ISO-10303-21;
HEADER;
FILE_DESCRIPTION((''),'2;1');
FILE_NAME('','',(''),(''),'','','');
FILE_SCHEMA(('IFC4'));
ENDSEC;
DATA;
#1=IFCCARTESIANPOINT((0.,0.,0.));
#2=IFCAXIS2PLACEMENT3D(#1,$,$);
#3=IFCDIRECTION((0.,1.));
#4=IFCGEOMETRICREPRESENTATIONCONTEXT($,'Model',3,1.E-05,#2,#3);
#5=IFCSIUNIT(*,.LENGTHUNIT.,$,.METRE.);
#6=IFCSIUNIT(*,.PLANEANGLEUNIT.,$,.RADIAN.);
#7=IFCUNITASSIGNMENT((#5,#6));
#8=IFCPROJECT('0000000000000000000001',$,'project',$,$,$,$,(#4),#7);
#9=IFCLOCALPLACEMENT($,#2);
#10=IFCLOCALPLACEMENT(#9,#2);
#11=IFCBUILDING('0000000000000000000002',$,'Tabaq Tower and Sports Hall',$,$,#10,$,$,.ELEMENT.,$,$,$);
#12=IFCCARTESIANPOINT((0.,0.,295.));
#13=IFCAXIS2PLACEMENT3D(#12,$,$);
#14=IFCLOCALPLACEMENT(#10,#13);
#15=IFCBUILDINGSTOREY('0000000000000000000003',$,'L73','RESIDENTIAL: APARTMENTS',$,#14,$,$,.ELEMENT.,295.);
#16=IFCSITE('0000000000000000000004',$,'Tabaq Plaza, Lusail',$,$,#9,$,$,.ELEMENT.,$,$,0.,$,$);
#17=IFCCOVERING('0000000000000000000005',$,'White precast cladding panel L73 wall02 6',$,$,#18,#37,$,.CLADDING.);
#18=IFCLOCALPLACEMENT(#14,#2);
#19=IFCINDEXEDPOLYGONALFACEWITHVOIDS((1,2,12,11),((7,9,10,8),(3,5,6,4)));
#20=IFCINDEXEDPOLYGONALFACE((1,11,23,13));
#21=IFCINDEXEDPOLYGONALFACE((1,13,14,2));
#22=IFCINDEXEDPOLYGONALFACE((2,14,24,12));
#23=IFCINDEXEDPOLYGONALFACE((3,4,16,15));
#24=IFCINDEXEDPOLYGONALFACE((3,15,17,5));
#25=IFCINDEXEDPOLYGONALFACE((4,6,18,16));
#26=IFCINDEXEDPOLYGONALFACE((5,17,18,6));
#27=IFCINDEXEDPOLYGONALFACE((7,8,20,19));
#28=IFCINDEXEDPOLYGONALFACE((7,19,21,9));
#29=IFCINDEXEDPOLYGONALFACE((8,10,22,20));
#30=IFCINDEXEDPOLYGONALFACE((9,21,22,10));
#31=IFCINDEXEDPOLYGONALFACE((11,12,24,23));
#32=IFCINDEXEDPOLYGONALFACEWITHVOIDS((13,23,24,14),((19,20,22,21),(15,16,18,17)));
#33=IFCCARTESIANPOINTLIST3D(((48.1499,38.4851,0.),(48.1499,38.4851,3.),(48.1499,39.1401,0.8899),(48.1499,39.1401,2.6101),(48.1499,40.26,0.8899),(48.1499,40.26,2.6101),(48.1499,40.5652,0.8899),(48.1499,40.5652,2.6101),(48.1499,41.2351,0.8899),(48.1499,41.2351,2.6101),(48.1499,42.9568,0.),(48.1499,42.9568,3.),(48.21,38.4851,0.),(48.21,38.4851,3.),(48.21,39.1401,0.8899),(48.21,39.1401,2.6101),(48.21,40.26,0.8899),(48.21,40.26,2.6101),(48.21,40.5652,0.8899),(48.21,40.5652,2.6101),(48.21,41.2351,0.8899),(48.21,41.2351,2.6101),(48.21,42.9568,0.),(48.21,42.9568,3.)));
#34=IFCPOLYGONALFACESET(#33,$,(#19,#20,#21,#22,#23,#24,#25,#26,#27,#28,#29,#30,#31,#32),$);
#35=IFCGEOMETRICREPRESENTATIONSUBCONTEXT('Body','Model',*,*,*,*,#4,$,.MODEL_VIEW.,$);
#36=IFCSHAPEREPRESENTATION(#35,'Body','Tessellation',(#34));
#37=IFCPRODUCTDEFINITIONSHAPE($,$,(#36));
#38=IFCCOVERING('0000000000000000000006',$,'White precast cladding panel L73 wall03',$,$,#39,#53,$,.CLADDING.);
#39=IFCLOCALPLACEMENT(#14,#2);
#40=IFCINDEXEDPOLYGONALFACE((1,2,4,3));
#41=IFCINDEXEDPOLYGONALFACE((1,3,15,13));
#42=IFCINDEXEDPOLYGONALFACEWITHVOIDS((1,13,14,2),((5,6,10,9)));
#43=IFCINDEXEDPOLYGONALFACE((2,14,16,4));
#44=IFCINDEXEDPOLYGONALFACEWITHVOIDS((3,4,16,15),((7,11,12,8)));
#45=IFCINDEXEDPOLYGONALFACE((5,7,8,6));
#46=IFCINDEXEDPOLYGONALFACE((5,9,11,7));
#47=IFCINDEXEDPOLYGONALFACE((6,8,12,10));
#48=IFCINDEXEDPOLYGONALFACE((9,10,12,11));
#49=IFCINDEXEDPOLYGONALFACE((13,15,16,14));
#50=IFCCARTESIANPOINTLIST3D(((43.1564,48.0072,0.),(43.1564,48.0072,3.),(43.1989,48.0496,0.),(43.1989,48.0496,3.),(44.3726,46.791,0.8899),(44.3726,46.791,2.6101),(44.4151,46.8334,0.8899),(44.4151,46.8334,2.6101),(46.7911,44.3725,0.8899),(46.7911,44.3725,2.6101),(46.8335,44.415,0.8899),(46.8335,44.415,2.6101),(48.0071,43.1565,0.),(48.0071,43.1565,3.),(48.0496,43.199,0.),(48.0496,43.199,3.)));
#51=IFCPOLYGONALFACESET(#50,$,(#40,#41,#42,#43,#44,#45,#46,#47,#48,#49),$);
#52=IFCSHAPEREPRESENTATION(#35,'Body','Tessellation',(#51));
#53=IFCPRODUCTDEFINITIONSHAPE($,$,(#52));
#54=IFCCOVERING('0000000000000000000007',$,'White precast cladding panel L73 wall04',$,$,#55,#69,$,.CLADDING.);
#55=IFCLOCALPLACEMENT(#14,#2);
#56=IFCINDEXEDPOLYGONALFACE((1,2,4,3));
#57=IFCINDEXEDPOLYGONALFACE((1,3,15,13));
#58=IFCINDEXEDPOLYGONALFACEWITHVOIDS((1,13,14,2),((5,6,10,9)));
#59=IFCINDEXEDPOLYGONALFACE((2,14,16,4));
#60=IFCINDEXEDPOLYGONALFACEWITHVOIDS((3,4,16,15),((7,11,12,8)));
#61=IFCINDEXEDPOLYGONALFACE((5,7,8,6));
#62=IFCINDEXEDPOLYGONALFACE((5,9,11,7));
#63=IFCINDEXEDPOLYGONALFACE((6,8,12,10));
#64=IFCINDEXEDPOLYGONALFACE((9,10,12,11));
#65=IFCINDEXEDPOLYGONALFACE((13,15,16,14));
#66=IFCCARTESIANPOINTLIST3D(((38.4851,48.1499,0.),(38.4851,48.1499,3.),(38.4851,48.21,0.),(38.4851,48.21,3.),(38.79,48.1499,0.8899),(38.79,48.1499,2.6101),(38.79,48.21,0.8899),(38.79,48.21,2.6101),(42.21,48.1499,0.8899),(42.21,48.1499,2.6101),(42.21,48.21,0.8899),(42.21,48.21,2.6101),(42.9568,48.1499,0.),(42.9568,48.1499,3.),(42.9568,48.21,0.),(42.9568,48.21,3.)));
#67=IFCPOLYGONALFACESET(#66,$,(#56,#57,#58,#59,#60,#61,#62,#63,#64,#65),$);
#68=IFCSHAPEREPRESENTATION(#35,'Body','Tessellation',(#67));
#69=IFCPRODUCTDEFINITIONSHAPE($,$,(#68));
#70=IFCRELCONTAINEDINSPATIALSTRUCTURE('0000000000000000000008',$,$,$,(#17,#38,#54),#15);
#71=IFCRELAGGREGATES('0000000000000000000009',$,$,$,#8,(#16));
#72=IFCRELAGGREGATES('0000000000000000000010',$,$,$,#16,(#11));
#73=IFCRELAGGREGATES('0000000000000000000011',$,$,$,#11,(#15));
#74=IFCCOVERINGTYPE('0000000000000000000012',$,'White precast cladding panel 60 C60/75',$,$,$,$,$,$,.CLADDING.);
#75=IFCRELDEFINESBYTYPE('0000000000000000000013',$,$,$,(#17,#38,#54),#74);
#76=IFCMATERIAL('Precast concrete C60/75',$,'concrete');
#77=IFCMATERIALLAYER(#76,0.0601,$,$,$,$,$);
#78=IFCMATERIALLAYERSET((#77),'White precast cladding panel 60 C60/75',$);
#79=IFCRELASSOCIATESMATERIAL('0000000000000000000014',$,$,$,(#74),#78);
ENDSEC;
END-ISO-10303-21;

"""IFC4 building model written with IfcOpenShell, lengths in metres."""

from ifc_helpers import new_model, si_unit, direction, frame, origin, place, context, subcontext, project, spatial, polyline, outline, extrude, material, layer, layer_set, type_object, element, save


model = new_model("IFC4")

# Units and contexts
model_context = context("Model", 3, precision=1e-05, world=origin(), true_north=direction((0.0, 1.0)))
body_context = subcontext(model_context, "Body", "Model", "MODEL_VIEW")
ifc_project = project(units=[si_unit("LENGTHUNIT", "METRE"), si_unit("PLANEANGLEUNIT", "RADIAN")], contexts=[model_context])

# Site, building, storey
site_placement = place(None, origin())
site = spatial("IfcSite", under=ifc_project, at=site_placement, Name="Tabaq Plaza, Lusail", CompositionType="ELEMENT", RefElevation=0.0)
building_placement = place(site_placement, origin())
building = spatial("IfcBuilding", under=site, at=building_placement, Name="Tabaq Tower and Sports Hall", CompositionType="ELEMENT")
storey_placement = place(building_placement, frame((0.0, 0.0, 295.0)))
storey = spatial("IfcBuildingStorey", under=building, at=storey_placement, Name="L73", Description="RESIDENTIAL: APARTMENTS", CompositionType="ELEMENT", Elevation=295.0)

# Coverings
ifc_material_1 = material(Name="Precast concrete C60/75", Category="concrete")
ifc_layer_1 = layer(ifc_material_1, 0.0601)
ifc_layer_set_1 = layer_set([ifc_layer_1], Name="White precast cladding panel 60 C60/75")
covering_type_1 = type_object("IfcCoveringType", Name="White precast cladding panel 60 C60/75", PredefinedType="CLADDING", material=ifc_layer_set_1)
covering_1_placement = place(storey_placement, frame((48.1799, 38.4851, 0.0), z_axis=(0.0, 0.0, 1.0), x_axis=(0.0, 1.0, 0.0)))
element("IfcCovering", 1, at=covering_1_placement, inside=storey, type_object=covering_type_1, Name="White precast cladding panel L73 wall02 6", PredefinedType="CLADDING", context=body_context, shape_type="SweptSolid", body=[
    extrude(outline(polyline([(0.0, 0.0), (4.4717, 0.0), (4.4717, 3.0), (0.0, 3.0), (0.0, 0.0)]), holes=[polyline([(0.655, 2.6101), (1.7749, 2.6101), (1.7749, 0.8899), (0.655, 0.8899), (0.655, 2.6101)]), polyline([(2.0801, 2.6101), (2.75, 2.6101), (2.75, 0.8899), (2.0801, 0.8899), (2.0801, 2.6101)])]), frame((0.0, 0.03, 0.0), z_axis=(0.0, -1.0, 0.0), x_axis=(1.0, 0.0, 0.0)), (0.0, 0.0, 1.0), 0.0601),
])
covering_2_placement = place(storey_placement, frame((48.0283, 43.1777, 0.0), z_axis=(0.0, 0.0, 1.0), x_axis=(-0.707107, 0.707107, 0.0)))
element("IfcCovering", 2, at=covering_2_placement, inside=storey, type_object=covering_type_1, Name="White precast cladding panel L73 wall03", PredefinedType="CLADDING", context=body_context, shape_type="SweptSolid", body=[
    extrude(outline(polyline([(0.0, 0.0), (6.8599, 0.0), (6.8599, 3.0), (0.0, 3.0), (0.0, 0.0)]), holes=[polyline([(1.7197, 0.8899), (1.7197, 2.6101), (5.1399, 2.6101), (5.1399, 0.8899), (1.7197, 0.8899)])]), frame((0.0, 0.03, 0.0), z_axis=(0.0, -1.0, 0.0), x_axis=(1.0, 0.0, 0.0)), (0.0, 0.0, 1.0), 0.0601),
])
covering_3_placement = place(storey_placement, frame((42.9568, 48.1799, 0.0), z_axis=(0.0, 0.0, 1.0), x_axis=(-1.0, 0.0, 0.0)))
element("IfcCovering", 3, at=covering_3_placement, inside=storey, type_object=covering_type_1, Name="White precast cladding panel L73 wall04", PredefinedType="CLADDING", context=body_context, shape_type="SweptSolid", body=[
    extrude(outline(polyline([(0.0, 0.0), (4.4717, 0.0), (4.4717, 3.0), (0.0, 3.0), (0.0, 0.0)]), holes=[polyline([(0.7468, 0.8899), (0.7468, 2.6101), (4.1667, 2.6101), (4.1667, 0.8899), (0.7468, 0.8899)])]), frame((0.0, 0.03, 0.0), z_axis=(0.0, -1.0, 0.0), x_axis=(1.0, 0.0, 0.0)), (0.0, 0.0, 1.0), 0.0601),
])

save(model, "model.ifc")
